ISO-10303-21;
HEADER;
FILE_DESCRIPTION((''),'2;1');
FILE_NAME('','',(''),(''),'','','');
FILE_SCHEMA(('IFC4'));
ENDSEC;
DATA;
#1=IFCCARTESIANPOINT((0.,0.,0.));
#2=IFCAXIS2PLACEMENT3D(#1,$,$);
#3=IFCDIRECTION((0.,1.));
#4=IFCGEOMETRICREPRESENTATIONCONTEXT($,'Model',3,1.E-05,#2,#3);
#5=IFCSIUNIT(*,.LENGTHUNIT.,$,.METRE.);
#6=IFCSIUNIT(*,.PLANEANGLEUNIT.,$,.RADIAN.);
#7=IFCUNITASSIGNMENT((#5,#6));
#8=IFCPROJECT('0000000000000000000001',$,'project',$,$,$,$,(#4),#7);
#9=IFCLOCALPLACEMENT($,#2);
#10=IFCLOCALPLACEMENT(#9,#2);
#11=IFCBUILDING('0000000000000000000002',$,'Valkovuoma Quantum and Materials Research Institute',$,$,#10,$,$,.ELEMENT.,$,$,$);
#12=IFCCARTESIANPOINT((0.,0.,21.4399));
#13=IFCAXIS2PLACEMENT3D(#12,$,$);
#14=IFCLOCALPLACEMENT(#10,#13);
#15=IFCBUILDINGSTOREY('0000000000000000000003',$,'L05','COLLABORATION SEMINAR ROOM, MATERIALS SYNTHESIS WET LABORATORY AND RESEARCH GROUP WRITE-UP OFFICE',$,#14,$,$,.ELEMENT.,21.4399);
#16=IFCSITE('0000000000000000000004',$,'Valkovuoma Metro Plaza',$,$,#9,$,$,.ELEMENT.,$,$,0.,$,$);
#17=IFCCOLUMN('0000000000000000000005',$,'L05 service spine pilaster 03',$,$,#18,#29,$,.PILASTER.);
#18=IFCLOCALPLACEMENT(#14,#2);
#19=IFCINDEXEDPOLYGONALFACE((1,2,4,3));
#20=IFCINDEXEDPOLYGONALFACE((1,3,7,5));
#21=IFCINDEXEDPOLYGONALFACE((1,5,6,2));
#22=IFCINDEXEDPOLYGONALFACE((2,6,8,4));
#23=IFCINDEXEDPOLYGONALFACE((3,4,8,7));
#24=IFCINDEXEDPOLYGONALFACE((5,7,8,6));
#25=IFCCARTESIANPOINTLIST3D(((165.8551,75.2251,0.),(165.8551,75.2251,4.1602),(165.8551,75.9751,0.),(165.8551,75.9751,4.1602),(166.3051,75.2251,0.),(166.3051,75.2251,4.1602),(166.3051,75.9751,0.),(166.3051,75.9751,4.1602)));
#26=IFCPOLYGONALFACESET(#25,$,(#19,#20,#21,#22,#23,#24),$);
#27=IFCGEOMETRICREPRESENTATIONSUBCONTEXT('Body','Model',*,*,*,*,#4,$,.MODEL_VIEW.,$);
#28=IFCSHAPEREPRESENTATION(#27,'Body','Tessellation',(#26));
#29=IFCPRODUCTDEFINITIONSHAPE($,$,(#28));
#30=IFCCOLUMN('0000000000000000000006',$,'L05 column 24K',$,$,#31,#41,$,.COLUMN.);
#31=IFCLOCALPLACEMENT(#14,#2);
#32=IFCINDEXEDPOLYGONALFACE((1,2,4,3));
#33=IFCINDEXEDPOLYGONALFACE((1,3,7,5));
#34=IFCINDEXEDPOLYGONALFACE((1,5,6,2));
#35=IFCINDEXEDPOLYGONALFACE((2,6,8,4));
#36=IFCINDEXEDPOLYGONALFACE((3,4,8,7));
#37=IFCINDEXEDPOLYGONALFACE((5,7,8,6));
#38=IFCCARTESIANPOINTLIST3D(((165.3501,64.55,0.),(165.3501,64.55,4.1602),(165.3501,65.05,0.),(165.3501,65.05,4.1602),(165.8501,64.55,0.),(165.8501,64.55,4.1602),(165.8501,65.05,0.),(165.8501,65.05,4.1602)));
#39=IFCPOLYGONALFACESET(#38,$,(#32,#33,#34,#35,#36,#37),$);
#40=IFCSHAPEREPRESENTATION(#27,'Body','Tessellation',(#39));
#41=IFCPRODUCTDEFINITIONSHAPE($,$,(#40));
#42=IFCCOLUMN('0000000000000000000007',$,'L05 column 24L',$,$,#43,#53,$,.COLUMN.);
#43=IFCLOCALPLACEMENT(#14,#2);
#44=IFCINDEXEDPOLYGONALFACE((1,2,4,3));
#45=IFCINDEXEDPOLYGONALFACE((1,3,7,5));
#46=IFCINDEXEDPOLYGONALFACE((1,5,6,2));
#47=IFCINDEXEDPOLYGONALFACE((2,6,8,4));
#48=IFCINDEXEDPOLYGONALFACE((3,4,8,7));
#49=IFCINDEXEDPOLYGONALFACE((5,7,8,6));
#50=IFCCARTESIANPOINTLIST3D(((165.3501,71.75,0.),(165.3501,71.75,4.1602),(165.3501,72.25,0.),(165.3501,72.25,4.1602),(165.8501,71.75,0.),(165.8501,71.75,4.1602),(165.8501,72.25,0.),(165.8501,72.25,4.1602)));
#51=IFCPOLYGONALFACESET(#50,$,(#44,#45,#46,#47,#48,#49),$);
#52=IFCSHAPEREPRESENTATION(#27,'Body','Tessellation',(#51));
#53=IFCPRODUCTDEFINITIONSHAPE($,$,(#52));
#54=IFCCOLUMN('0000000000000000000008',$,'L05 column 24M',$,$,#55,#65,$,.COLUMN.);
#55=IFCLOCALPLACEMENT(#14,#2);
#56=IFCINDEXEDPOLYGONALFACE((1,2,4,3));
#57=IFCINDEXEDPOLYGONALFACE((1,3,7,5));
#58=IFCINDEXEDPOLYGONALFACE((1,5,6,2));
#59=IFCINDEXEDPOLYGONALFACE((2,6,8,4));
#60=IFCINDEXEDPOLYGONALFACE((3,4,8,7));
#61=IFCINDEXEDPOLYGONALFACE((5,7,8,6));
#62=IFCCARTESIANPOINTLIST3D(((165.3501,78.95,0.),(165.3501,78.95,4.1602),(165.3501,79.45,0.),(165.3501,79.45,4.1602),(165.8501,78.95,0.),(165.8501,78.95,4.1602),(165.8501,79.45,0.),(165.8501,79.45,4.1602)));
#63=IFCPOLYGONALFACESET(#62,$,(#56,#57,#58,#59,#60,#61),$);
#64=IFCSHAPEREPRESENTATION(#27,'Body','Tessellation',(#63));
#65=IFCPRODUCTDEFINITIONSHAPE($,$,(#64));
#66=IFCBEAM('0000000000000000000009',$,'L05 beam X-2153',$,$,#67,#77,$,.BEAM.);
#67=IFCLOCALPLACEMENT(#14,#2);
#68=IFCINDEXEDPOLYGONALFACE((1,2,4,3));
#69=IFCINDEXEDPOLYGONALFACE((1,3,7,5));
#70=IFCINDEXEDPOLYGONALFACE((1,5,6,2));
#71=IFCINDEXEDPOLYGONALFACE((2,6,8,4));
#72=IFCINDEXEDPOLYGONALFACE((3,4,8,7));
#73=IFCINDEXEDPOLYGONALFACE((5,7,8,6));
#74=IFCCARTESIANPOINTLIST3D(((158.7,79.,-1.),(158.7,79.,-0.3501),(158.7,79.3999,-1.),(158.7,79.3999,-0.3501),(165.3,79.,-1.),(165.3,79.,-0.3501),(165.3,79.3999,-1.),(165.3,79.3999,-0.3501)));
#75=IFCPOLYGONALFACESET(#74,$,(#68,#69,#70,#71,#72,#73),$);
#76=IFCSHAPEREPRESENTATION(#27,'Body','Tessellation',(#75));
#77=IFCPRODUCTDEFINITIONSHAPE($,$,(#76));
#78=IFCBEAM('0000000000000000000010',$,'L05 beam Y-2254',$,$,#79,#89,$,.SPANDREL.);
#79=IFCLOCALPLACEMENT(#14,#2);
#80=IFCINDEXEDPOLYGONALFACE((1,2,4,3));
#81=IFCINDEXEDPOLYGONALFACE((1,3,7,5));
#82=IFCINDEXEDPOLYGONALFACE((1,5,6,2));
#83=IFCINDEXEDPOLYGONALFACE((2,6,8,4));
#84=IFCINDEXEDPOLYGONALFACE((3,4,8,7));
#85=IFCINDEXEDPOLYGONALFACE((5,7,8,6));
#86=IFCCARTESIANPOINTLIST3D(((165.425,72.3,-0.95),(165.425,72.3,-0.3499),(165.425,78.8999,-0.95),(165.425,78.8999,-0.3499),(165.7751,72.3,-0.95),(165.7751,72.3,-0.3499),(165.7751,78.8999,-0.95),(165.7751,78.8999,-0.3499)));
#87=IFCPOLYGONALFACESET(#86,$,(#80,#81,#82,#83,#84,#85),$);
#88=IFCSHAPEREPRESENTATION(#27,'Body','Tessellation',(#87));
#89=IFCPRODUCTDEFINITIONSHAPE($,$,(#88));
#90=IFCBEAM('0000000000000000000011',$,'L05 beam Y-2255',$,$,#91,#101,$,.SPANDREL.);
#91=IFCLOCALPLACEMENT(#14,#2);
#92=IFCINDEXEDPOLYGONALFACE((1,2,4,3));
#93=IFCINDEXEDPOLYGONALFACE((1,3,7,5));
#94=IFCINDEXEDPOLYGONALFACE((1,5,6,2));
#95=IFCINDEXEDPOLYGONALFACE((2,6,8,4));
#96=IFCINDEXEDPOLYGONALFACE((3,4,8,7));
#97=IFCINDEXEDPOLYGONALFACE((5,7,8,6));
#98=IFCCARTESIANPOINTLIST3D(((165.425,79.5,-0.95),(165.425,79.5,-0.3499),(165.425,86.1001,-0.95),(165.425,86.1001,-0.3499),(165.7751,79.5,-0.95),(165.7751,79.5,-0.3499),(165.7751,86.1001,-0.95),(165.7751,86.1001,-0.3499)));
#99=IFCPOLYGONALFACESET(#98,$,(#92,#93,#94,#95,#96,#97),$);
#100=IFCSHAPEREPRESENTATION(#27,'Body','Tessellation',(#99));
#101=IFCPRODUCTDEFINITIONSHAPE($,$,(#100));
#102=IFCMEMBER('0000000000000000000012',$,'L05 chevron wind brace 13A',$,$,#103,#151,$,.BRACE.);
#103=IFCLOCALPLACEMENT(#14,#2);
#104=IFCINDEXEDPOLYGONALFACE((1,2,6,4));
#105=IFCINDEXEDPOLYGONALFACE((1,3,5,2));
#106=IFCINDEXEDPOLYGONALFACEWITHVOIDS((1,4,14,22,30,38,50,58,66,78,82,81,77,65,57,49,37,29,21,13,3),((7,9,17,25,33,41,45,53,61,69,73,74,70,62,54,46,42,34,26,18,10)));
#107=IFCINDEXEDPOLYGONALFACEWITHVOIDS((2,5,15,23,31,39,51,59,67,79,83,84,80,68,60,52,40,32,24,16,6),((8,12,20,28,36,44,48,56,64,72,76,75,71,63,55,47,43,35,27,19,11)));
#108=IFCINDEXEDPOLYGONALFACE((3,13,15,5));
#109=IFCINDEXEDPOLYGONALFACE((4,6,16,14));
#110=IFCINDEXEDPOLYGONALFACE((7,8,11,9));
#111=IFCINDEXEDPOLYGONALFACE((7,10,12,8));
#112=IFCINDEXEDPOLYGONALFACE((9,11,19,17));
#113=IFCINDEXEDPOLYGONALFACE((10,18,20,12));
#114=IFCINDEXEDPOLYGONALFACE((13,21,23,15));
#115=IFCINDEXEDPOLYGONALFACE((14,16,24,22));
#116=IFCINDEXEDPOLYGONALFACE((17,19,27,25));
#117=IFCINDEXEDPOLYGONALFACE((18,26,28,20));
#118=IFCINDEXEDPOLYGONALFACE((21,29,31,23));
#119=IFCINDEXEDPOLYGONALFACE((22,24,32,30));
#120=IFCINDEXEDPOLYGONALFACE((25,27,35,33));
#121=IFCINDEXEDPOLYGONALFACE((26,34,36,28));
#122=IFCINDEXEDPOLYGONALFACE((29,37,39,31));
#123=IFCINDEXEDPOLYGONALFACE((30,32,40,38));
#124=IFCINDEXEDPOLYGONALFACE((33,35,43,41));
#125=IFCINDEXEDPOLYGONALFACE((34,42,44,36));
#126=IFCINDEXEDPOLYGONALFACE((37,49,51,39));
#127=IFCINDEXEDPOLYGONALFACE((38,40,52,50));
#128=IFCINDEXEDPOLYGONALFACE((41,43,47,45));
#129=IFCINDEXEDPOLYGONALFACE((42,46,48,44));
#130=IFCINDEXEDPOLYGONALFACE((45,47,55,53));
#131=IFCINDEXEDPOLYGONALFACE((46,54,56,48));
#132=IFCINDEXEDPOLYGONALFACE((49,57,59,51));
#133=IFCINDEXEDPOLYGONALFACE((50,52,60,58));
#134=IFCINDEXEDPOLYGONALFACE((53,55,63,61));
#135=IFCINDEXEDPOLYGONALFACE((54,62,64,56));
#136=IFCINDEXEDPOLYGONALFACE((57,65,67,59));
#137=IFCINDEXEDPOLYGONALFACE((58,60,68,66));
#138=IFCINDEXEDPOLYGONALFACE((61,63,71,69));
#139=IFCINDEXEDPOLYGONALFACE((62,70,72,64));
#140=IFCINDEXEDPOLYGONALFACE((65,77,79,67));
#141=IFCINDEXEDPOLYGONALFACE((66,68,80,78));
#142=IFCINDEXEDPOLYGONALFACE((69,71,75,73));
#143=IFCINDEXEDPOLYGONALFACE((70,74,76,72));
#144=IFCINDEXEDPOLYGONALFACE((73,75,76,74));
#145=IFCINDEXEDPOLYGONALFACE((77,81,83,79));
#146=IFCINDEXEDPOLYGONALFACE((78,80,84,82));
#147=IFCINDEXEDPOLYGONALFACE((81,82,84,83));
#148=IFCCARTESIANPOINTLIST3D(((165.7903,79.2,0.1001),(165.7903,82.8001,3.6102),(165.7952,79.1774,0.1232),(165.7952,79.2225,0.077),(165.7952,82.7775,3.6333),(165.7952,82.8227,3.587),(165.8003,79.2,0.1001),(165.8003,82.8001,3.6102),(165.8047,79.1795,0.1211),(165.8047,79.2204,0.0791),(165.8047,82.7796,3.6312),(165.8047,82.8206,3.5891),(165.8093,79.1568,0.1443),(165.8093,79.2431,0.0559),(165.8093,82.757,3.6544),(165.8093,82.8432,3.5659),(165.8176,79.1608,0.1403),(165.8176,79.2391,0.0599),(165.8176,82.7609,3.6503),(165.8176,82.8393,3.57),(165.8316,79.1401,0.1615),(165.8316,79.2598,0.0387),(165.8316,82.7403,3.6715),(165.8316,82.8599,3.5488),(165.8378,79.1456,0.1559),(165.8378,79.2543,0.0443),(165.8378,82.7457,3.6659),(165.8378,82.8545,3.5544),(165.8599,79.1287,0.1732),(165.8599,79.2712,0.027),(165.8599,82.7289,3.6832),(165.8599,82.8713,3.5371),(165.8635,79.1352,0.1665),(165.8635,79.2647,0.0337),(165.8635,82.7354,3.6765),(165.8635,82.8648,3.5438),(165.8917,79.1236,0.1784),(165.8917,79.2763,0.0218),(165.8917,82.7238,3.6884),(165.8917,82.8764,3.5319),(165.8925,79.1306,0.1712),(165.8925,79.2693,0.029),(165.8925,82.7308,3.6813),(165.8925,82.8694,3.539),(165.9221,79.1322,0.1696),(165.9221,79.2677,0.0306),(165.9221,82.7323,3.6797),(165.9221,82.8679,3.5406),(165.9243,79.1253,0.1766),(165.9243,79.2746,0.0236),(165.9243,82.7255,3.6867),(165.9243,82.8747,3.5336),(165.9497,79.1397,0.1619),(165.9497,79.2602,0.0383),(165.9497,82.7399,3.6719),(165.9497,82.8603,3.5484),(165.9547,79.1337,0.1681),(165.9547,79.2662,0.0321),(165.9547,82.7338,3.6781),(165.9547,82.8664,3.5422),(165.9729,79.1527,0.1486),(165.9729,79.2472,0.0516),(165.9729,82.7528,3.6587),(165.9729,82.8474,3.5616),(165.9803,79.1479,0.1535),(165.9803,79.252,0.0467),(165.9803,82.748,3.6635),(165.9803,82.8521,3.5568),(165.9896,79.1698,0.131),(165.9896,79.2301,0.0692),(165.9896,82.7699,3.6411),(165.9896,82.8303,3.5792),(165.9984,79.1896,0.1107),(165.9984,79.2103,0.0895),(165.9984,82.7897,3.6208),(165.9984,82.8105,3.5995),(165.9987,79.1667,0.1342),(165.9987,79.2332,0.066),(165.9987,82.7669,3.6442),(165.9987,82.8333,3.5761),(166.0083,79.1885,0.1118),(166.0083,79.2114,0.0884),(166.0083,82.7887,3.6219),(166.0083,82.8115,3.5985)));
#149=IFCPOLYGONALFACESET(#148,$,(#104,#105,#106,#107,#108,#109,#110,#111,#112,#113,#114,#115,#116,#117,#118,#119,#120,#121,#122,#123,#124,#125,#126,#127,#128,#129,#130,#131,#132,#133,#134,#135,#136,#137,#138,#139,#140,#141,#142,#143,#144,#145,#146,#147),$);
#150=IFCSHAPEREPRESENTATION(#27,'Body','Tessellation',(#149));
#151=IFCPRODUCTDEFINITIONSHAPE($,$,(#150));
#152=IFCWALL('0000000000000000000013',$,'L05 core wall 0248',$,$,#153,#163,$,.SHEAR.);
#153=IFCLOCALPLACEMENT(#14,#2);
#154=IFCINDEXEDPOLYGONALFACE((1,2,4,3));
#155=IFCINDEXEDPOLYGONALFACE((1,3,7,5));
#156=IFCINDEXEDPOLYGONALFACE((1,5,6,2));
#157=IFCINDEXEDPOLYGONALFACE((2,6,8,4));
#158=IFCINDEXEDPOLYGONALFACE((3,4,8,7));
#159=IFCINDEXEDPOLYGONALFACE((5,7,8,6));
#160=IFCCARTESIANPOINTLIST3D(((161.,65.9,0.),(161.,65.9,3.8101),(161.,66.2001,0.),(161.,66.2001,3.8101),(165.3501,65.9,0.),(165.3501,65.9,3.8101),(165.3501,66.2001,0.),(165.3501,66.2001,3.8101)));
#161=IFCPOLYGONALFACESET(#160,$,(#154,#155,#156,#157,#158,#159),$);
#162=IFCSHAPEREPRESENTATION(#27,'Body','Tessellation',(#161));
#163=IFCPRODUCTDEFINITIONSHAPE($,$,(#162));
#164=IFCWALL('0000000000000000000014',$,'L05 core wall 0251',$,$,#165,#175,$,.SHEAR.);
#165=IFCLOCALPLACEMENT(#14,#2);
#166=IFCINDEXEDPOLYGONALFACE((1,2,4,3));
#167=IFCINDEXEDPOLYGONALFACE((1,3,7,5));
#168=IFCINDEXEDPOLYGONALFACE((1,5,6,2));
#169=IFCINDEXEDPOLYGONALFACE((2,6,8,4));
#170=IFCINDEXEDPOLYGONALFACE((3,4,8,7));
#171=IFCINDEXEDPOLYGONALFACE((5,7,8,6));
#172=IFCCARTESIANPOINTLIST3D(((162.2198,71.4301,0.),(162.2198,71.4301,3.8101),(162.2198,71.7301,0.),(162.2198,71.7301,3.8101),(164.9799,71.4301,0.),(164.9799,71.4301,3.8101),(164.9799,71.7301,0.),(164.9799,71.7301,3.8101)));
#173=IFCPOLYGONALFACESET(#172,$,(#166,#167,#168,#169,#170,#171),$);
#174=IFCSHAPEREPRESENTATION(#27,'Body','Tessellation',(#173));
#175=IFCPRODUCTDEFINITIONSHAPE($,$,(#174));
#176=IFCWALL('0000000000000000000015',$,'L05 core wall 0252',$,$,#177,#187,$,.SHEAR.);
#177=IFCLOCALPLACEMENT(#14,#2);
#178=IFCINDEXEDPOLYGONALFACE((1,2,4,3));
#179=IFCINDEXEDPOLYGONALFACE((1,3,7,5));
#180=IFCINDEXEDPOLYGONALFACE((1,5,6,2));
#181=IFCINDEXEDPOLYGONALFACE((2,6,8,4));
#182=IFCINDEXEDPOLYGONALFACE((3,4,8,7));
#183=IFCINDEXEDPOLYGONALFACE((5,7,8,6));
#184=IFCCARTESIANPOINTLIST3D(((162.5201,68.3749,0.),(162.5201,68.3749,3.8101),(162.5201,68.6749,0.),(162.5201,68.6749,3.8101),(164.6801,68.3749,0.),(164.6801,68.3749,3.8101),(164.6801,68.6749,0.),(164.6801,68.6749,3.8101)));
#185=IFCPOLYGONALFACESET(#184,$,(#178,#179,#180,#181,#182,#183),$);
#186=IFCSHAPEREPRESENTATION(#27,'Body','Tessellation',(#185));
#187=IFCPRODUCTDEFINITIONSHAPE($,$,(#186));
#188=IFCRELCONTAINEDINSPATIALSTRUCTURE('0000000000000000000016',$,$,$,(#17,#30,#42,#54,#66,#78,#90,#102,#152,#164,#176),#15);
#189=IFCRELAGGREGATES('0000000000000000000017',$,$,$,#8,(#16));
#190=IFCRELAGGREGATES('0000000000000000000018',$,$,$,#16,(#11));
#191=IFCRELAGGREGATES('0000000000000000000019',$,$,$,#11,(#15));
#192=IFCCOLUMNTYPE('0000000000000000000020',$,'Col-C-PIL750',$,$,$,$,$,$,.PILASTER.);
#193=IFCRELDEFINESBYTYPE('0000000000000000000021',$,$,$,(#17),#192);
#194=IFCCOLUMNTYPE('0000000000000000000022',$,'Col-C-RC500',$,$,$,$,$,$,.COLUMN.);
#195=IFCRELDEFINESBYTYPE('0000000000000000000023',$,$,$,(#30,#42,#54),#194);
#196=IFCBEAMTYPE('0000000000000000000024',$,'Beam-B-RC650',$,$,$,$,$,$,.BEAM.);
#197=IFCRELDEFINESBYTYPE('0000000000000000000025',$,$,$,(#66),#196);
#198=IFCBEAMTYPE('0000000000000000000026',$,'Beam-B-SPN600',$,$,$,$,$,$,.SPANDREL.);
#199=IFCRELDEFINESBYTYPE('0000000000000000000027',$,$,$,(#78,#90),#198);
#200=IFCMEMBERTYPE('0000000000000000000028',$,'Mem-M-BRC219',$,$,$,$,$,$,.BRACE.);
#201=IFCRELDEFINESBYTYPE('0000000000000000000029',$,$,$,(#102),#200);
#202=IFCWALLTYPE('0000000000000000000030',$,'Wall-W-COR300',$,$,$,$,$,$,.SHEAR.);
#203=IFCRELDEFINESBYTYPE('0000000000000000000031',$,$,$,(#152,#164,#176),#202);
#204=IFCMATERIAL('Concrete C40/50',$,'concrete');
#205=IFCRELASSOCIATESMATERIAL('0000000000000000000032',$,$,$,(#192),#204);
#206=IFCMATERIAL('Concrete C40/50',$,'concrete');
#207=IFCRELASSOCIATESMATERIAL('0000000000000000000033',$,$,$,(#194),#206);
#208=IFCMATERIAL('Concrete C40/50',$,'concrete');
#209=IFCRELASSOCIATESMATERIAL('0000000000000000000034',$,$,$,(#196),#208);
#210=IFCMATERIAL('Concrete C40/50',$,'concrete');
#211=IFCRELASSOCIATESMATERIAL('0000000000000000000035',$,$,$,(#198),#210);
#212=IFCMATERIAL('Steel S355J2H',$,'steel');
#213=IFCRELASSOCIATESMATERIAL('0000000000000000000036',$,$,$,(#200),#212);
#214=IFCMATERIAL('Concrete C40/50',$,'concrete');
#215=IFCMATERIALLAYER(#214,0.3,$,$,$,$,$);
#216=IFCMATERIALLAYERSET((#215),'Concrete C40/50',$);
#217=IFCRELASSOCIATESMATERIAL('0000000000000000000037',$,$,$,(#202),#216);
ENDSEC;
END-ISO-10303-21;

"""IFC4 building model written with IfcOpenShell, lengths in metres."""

from ifc_helpers import new_model, si_unit, direction, frame, frame_2d, origin, origin_2d, place, context, subcontext, project, spatial, rectangle, hollow_circle, extrude, material, layer, layer_set, material_profile, profile_set, type_object, element, save


model = new_model("IFC4")

# Units and contexts
model_context = context("Model", 3, precision=1e-05, world=origin(), true_north=direction((0.0, 1.0)))
body_context = subcontext(model_context, "Body", "Model", "MODEL_VIEW")
ifc_project = project(units=[si_unit("LENGTHUNIT", "METRE"), si_unit("PLANEANGLEUNIT", "RADIAN")], contexts=[model_context])

# Site, building, storey
site_placement = place(None, origin())
site = spatial("IfcSite", under=ifc_project, at=site_placement, Name="Valkovuoma Metro Plaza", CompositionType="ELEMENT", RefElevation=0.0)
building_placement = place(site_placement, origin())
building = spatial("IfcBuilding", under=site, at=building_placement, Name="Valkovuoma Quantum and Materials Research Institute", CompositionType="ELEMENT")
storey_placement = place(building_placement, frame((0.0, 0.0, 21.4399)))
storey = spatial("IfcBuildingStorey", under=building, at=storey_placement, Name="L05", Description="COLLABORATION SEMINAR ROOM, MATERIALS SYNTHESIS WET LABORATORY AND RESEARCH GROUP WRITE-UP OFFICE", CompositionType="ELEMENT", Elevation=21.4399)

# Columns
ifc_material_1 = material(Name="Concrete C40/50", Category="concrete")
ifc_material_profile_1 = material_profile(ifc_material_1, rectangle(XDim=0.45, YDim=0.75, at=origin_2d()), Name="Concrete C40/50")
ifc_profile_set_1 = profile_set([ifc_material_profile_1], Name="Concrete C40/50")
column_type_1 = type_object("IfcColumnType", Name="Col-C-PIL750", PredefinedType="PILASTER", material=ifc_profile_set_1)
column_placement = place(storey_placement, frame((166.0801, 75.6001, 0.0), z_axis=(0.0, 0.0, 1.0), x_axis=(1.0, 0.0, 0.0)))
element("IfcColumn", 1, at=column_placement, inside=storey, type_object=column_type_1, Name="L05 service spine pilaster 03", PredefinedType="PILASTER", context=body_context, shape_type="SweptSolid", body=[
    extrude(rectangle(XDim=0.45, YDim=0.75, at=origin_2d()), origin(), (0.0, 0.0, 1.0), 4.1602),
])
ifc_material_2 = material(Name="Concrete C40/50", Category="concrete")
ifc_material_profile_2 = material_profile(ifc_material_2, rectangle(XDim=0.5, YDim=0.5, at=origin_2d()), Name="Concrete C40/50")
ifc_profile_set_2 = profile_set([ifc_material_profile_2], Name="Concrete C40/50")
column_type_2 = type_object("IfcColumnType", Name="Col-C-RC500", PredefinedType="COLUMN", material=ifc_profile_set_2)
for number, where, z_axis, x_axis, name in (
    (2, (165.6001, 64.8, 0.0), (0.0, 0.0, 1.0), (1.0, 0.0, 0.0), "L05 column 24K"),
    (3, (165.6001, 72.0, 0.0), (0.0, 0.0, 1.0), (1.0, 0.0, 0.0), "L05 column 24L"),
    (4, (165.6001, 79.2, 0.0), (0.0, 0.0, 1.0), (1.0, 0.0, 0.0), "L05 column 24M"),
):
    element("IfcColumn", number, at=place(storey_placement, frame(where, z_axis=z_axis, x_axis=x_axis)), inside=storey, type_object=column_type_2, Name=name, PredefinedType="COLUMN", context=body_context, shape_type="SweptSolid", body=[
        extrude(rectangle(XDim=0.5, YDim=0.5, at=origin_2d()), origin(), (0.0, 0.0, 1.0), 4.1602),
    ])

# Beams
ifc_material_3 = material(Name="Concrete C40/50", Category="concrete")
ifc_material_profile_3 = material_profile(ifc_material_3, rectangle(XDim=0.3999, YDim=0.6499, at=origin_2d()), Name="Concrete C40/50")
ifc_profile_set_3 = profile_set([ifc_material_profile_3], Name="Concrete C40/50")
beam_type_1 = type_object("IfcBeamType", Name="Beam-B-RC650", PredefinedType="BEAM", material=ifc_profile_set_3)
beam_1_placement = place(storey_placement, frame((158.7, 79.2, -0.675), z_axis=(1.0, 0.0, 0.0), x_axis=(0.0, 1.0, 0.0)))
element("IfcBeam", 5, at=beam_1_placement, inside=storey, type_object=beam_type_1, Name="L05 beam X-2153", PredefinedType="BEAM", context=body_context, shape_type="SweptSolid", body=[
    extrude(rectangle(XDim=0.3999, YDim=0.6499, at=origin_2d()), origin(), (0.0, 0.0, 1.0), 6.6001),
])
ifc_material_4 = material(Name="Concrete C40/50", Category="concrete")
ifc_material_profile_4 = material_profile(ifc_material_4, rectangle(XDim=0.3501, YDim=0.6001, at=origin_2d()), Name="Concrete C40/50")
ifc_profile_set_4 = profile_set([ifc_material_profile_4], Name="Concrete C40/50")
beam_type_2 = type_object("IfcBeamType", Name="Beam-B-SPN600", PredefinedType="SPANDREL", material=ifc_profile_set_4)
beam_2_placement = place(storey_placement, frame((165.6001, 72.3, -0.6499), z_axis=(0.0, 1.0, 0.0), x_axis=(-1.0, 0.0, 0.0)))
element("IfcBeam", 6, at=beam_2_placement, inside=storey, type_object=beam_type_2, Name="L05 beam Y-2254", PredefinedType="SPANDREL", context=body_context, shape_type="SweptSolid", body=[
    extrude(rectangle(XDim=0.3501, YDim=0.6001, at=origin_2d()), origin(), (0.0, 0.0, 1.0), 6.5999),
])
beam_3_placement = place(storey_placement, frame((165.6001, 79.5, -0.6499), z_axis=(0.0, 1.0, 0.0), x_axis=(-1.0, 0.0, 0.0)))
element("IfcBeam", 7, at=beam_3_placement, inside=storey, type_object=beam_type_2, Name="L05 beam Y-2255", PredefinedType="SPANDREL", context=body_context, shape_type="SweptSolid", body=[
    extrude(rectangle(XDim=0.3501, YDim=0.6001, at=origin_2d()), origin(), (0.0, 0.0, 1.0), 6.6001),
])

# Member
ifc_material_5 = material(Name="Steel S355J2H", Category="steel")
ifc_material_profile_5 = material_profile(ifc_material_5, hollow_circle(Radius=0.1096, WallThickness=0.01, at=origin_2d()), Name="Steel S355J2H")
ifc_profile_set_5 = profile_set([ifc_material_profile_5], Name="Steel S355J2H")
member_type = type_object("IfcMemberType", Name="Mem-M-BRC219", PredefinedType="BRACE", material=ifc_profile_set_5)
member_placement = place(storey_placement, frame((165.8999, 79.2, 0.1001), z_axis=(0.0, 0.716009, 0.698091), x_axis=(-1.0, 0.0, 0.0)))
element("IfcMember", 8, at=member_placement, inside=storey, type_object=member_type, Name="L05 chevron wind brace 13A", PredefinedType="BRACE", context=body_context, shape_type="SweptSolid", body=[
    extrude(hollow_circle(Radius=0.1096, WallThickness=0.01, at=origin_2d()), origin(), (0.0, 0.0, 1.0), 5.0281),
])

# Walls
ifc_material_6 = material(Name="Concrete C40/50", Category="concrete")
ifc_layer_1 = layer(ifc_material_6, 0.3)
ifc_layer_set_1 = layer_set([ifc_layer_1], Name="Concrete C40/50")
wall_type_1 = type_object("IfcWallType", Name="Wall-W-COR300", PredefinedType="SHEAR", material=ifc_layer_set_1)
wall_1_placement = place(storey_placement, frame((161.0, 66.05, 0.0), z_axis=(0.0, 0.0, 1.0), x_axis=(1.0, 0.0, 0.0)))
element("IfcWall", 9, at=wall_1_placement, inside=storey, type_object=wall_type_1, Name="L05 core wall 0248", PredefinedType="SHEAR", context=body_context, shape_type="SweptSolid", body=[
    extrude(rectangle(XDim=4.3501, YDim=0.3, at=frame_2d((2.175, 0.0))), origin(), (0.0, 0.0, 1.0), 3.8101),
])
wall_2_placement = place(storey_placement, frame((162.22, 71.5801, 0.0), z_axis=(0.0, 0.0, 1.0), x_axis=(1.0, 0.0, 0.0)))
element("IfcWall", 10, at=wall_2_placement, inside=storey, type_object=wall_type_1, Name="L05 core wall 0251", PredefinedType="SHEAR", context=body_context, shape_type="SweptSolid", body=[
    extrude(rectangle(XDim=2.76, YDim=0.3, at=frame_2d((1.3799, 0.0))), origin(), (0.0, 0.0, 1.0), 3.8101),
])
wall_3_placement = place(storey_placement, frame((162.52, 68.5249, 0.0), z_axis=(0.0, 0.0, 1.0), x_axis=(1.0, 0.0, 0.0)))
element("IfcWall", 11, at=wall_3_placement, inside=storey, type_object=wall_type_1, Name="L05 core wall 0252", PredefinedType="SHEAR", context=body_context, shape_type="SweptSolid", body=[
    extrude(rectangle(XDim=2.1599, YDim=0.3, at=frame_2d((1.0801, 0.0))), origin(), (0.0, 0.0, 1.0), 3.8101),
])

save(model, "model.ifc")
